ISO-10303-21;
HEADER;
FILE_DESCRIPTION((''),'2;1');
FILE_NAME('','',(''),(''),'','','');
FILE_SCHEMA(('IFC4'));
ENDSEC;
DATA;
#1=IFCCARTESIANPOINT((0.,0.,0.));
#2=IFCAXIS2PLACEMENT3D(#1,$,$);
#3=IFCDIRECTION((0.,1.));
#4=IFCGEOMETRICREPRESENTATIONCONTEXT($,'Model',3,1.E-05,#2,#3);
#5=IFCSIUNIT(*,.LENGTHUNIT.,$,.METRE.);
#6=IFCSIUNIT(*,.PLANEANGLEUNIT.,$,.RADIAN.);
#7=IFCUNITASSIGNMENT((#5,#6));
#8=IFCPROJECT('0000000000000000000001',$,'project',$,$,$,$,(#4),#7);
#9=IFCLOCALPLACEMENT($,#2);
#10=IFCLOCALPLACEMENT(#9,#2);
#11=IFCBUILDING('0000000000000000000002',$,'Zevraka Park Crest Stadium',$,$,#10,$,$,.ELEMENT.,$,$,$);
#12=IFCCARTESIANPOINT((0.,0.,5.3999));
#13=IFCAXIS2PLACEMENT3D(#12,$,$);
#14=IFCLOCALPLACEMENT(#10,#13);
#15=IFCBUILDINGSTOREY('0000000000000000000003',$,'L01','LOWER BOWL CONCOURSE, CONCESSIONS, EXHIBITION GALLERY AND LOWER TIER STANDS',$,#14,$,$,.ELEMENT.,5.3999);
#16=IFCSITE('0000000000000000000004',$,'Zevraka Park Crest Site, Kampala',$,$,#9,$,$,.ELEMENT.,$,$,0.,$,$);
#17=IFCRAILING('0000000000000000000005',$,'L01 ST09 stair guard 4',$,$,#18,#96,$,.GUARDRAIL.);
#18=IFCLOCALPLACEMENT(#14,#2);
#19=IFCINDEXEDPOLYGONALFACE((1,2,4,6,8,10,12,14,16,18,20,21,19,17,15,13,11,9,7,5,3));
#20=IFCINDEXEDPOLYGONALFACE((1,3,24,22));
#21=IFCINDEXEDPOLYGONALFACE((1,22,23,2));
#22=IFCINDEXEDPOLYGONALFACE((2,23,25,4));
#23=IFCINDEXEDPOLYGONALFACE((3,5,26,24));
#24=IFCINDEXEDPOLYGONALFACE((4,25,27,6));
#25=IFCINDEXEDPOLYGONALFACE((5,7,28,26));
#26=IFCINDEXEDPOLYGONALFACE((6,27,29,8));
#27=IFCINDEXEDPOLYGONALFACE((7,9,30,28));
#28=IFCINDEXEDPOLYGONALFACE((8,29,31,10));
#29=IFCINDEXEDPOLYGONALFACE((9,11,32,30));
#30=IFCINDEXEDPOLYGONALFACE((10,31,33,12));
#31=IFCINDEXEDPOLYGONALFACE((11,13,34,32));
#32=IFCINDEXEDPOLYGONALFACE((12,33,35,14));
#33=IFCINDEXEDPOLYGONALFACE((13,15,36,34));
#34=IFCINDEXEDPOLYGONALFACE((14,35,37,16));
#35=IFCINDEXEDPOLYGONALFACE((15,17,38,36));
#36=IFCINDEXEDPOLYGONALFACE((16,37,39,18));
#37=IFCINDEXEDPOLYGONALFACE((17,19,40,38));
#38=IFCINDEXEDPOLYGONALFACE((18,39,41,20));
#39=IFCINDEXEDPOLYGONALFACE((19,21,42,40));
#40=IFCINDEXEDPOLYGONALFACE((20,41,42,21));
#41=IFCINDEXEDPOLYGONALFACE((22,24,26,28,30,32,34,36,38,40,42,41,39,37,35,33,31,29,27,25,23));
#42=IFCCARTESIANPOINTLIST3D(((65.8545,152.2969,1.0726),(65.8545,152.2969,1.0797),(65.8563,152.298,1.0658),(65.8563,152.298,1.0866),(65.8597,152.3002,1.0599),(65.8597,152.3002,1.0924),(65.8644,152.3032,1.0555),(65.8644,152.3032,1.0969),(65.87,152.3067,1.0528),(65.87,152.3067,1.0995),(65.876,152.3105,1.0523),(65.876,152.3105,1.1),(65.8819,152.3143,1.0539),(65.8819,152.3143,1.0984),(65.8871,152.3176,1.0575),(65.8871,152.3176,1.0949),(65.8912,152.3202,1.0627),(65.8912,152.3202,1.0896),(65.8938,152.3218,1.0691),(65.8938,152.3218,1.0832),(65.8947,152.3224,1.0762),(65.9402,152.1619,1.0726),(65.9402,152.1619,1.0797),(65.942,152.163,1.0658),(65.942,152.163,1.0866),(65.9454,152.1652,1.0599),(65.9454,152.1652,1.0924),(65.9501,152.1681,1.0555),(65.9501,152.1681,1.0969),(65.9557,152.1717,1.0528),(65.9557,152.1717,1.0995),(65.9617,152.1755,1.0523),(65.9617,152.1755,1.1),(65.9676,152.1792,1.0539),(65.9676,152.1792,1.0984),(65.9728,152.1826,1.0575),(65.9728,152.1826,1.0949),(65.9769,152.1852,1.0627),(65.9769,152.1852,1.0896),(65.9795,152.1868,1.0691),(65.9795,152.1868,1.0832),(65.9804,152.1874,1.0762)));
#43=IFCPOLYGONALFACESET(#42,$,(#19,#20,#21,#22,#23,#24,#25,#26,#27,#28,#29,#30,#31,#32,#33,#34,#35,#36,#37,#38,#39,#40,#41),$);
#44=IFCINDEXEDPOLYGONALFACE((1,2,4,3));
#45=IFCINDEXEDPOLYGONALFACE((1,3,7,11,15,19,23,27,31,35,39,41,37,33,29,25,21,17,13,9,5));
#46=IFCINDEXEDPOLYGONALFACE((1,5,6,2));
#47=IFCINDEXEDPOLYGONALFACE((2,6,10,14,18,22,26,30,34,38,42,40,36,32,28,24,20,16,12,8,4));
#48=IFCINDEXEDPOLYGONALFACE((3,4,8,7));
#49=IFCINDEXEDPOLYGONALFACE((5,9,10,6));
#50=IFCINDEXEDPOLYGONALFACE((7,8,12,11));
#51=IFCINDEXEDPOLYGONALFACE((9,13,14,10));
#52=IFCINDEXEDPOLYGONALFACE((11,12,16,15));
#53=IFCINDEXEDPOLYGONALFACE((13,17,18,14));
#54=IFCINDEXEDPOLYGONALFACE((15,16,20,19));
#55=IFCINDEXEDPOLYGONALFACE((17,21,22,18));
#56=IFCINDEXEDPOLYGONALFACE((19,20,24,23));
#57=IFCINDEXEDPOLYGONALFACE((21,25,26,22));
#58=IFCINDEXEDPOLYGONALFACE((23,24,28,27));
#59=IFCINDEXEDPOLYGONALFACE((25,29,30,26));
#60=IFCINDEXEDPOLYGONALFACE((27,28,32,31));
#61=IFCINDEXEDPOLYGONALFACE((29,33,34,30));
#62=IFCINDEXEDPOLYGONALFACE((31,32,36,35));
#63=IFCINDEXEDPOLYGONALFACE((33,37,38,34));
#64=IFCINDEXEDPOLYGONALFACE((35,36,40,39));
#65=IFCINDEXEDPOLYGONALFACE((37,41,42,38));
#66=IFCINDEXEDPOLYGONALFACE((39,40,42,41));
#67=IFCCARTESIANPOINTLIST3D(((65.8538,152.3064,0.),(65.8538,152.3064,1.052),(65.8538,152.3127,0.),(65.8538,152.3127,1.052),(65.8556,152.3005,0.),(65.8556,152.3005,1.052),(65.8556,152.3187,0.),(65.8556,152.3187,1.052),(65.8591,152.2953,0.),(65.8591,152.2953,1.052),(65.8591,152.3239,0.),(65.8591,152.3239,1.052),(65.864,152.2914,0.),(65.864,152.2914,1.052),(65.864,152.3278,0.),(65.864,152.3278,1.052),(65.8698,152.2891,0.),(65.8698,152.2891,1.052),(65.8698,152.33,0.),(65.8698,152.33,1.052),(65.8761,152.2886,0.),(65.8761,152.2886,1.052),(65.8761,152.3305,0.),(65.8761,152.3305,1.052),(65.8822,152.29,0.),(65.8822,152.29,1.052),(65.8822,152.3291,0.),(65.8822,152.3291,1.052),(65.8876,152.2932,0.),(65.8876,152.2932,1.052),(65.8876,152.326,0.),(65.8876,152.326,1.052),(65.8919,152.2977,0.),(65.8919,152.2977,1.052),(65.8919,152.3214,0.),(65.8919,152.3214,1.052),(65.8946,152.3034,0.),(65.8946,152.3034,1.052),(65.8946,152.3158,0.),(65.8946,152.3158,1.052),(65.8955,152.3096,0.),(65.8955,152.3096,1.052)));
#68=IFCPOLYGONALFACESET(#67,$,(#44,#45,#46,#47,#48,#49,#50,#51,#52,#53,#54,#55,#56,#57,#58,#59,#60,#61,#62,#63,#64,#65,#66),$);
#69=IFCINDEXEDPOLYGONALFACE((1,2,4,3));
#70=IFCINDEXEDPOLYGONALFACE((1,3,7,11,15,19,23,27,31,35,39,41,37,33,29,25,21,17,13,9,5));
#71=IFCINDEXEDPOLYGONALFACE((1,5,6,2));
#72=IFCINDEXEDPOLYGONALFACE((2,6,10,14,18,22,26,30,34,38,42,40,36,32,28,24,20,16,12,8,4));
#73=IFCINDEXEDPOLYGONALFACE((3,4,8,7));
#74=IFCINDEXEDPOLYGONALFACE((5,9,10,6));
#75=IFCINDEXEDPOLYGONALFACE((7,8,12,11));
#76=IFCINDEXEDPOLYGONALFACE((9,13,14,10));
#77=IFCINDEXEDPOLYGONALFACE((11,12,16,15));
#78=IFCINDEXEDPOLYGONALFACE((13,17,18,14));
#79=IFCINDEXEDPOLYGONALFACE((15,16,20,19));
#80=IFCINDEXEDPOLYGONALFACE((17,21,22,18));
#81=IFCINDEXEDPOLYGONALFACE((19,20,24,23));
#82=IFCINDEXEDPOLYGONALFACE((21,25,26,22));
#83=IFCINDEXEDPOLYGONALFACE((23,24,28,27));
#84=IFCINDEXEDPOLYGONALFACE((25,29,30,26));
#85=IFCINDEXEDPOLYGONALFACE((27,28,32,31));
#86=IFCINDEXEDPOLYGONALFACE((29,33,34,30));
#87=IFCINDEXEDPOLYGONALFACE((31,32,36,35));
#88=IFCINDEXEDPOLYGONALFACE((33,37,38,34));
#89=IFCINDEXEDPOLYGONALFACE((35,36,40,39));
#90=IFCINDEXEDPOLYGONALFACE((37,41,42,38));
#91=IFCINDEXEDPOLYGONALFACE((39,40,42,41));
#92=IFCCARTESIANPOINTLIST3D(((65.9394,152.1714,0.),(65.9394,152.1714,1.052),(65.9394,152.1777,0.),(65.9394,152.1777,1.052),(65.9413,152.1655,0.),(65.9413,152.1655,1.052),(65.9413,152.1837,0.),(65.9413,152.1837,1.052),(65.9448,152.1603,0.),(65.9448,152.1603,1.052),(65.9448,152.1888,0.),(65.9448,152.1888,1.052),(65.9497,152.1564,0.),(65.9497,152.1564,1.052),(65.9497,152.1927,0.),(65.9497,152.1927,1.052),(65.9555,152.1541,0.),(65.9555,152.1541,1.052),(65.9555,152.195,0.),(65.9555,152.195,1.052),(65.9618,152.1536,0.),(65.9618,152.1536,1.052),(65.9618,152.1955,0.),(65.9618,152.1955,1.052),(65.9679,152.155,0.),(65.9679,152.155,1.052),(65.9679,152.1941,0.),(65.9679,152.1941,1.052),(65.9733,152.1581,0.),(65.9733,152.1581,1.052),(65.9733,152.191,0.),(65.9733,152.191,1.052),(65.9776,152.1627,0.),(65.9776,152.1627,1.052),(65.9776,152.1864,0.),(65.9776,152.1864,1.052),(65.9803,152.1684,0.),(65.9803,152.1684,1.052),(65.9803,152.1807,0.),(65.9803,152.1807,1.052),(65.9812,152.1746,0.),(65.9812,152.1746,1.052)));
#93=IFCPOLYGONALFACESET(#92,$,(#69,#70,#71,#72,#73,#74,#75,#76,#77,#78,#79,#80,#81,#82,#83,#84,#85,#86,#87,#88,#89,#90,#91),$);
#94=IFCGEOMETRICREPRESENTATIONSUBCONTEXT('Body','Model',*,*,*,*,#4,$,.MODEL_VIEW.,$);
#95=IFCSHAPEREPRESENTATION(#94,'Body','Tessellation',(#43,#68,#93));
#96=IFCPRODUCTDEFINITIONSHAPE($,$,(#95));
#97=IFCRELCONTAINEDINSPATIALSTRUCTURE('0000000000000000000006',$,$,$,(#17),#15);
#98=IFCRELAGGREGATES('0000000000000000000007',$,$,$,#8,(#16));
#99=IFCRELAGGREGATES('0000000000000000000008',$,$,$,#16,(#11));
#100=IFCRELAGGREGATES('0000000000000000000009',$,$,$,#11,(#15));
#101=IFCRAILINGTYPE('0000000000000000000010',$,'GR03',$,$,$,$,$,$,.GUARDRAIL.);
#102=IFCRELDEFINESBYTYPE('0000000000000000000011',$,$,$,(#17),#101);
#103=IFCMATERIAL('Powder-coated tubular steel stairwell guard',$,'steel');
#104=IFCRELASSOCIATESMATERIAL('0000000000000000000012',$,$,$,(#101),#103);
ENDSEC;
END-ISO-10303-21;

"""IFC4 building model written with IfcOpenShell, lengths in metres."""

from ifc_helpers import new_model, si_unit, direction, frame, origin, origin_2d, place, context, subcontext, project, spatial, circle, extrude, material, type_object, element, save


model = new_model("IFC4")

# Units and contexts
model_context = context("Model", 3, precision=1e-05, world=origin(), true_north=direction((0.0, 1.0)))
body_context = subcontext(model_context, "Body", "Model", "MODEL_VIEW")
ifc_project = project(units=[si_unit("LENGTHUNIT", "METRE"), si_unit("PLANEANGLEUNIT", "RADIAN")], contexts=[model_context])

# Site, building, storey
site_placement = place(None, origin())
site = spatial("IfcSite", under=ifc_project, at=site_placement, Name="Zevraka Park Crest Site, Kampala", CompositionType="ELEMENT", RefElevation=0.0)
building_placement = place(site_placement, origin())
building = spatial("IfcBuilding", under=site, at=building_placement, Name="Zevraka Park Crest Stadium", CompositionType="ELEMENT")
storey_placement = place(building_placement, frame((0.0, 0.0, 5.3999)))
storey = spatial("IfcBuildingStorey", under=building, at=storey_placement, Name="L01", Description="LOWER BOWL CONCOURSE, CONCESSIONS, EXHIBITION GALLERY AND LOWER TIER STANDS", CompositionType="ELEMENT", Elevation=5.3999)

# Railing
ifc_material_1 = material(Name="Powder-coated tubular steel stairwell guard", Category="steel")
railing_type_1 = type_object("IfcRailingType", Name="GR03", PredefinedType="GUARDRAIL", material=ifc_material_1)
railing_1_placement = place(storey_placement, frame((65.8745, 152.3096, 0.0)))
element("IfcRailing", 1, at=railing_1_placement, inside=storey, type_object=railing_type_1, Name="L01 ST09 stair guard 4", PredefinedType="GUARDRAIL", context=body_context, shape_type="SweptSolid", body=[
    extrude(circle(Radius=0.0239, at=origin_2d()), frame((0.0, 0.0, 1.0762), z_axis=(0.535887, -0.84429, 0.0), x_axis=(0.84429, 0.535887, 0.0)), (0.0, 0.0, 1.0), 0.1599),
    extrude(circle(Radius=0.021, at=origin_2d()), origin(), (0.0, 0.0, 1.0), 1.052),
    extrude(circle(Radius=0.021, at=origin_2d()), frame((0.0857, -0.135, 0.0)), (0.0, 0.0, 1.0), 1.052),
])

save(model, "model.ifc")
